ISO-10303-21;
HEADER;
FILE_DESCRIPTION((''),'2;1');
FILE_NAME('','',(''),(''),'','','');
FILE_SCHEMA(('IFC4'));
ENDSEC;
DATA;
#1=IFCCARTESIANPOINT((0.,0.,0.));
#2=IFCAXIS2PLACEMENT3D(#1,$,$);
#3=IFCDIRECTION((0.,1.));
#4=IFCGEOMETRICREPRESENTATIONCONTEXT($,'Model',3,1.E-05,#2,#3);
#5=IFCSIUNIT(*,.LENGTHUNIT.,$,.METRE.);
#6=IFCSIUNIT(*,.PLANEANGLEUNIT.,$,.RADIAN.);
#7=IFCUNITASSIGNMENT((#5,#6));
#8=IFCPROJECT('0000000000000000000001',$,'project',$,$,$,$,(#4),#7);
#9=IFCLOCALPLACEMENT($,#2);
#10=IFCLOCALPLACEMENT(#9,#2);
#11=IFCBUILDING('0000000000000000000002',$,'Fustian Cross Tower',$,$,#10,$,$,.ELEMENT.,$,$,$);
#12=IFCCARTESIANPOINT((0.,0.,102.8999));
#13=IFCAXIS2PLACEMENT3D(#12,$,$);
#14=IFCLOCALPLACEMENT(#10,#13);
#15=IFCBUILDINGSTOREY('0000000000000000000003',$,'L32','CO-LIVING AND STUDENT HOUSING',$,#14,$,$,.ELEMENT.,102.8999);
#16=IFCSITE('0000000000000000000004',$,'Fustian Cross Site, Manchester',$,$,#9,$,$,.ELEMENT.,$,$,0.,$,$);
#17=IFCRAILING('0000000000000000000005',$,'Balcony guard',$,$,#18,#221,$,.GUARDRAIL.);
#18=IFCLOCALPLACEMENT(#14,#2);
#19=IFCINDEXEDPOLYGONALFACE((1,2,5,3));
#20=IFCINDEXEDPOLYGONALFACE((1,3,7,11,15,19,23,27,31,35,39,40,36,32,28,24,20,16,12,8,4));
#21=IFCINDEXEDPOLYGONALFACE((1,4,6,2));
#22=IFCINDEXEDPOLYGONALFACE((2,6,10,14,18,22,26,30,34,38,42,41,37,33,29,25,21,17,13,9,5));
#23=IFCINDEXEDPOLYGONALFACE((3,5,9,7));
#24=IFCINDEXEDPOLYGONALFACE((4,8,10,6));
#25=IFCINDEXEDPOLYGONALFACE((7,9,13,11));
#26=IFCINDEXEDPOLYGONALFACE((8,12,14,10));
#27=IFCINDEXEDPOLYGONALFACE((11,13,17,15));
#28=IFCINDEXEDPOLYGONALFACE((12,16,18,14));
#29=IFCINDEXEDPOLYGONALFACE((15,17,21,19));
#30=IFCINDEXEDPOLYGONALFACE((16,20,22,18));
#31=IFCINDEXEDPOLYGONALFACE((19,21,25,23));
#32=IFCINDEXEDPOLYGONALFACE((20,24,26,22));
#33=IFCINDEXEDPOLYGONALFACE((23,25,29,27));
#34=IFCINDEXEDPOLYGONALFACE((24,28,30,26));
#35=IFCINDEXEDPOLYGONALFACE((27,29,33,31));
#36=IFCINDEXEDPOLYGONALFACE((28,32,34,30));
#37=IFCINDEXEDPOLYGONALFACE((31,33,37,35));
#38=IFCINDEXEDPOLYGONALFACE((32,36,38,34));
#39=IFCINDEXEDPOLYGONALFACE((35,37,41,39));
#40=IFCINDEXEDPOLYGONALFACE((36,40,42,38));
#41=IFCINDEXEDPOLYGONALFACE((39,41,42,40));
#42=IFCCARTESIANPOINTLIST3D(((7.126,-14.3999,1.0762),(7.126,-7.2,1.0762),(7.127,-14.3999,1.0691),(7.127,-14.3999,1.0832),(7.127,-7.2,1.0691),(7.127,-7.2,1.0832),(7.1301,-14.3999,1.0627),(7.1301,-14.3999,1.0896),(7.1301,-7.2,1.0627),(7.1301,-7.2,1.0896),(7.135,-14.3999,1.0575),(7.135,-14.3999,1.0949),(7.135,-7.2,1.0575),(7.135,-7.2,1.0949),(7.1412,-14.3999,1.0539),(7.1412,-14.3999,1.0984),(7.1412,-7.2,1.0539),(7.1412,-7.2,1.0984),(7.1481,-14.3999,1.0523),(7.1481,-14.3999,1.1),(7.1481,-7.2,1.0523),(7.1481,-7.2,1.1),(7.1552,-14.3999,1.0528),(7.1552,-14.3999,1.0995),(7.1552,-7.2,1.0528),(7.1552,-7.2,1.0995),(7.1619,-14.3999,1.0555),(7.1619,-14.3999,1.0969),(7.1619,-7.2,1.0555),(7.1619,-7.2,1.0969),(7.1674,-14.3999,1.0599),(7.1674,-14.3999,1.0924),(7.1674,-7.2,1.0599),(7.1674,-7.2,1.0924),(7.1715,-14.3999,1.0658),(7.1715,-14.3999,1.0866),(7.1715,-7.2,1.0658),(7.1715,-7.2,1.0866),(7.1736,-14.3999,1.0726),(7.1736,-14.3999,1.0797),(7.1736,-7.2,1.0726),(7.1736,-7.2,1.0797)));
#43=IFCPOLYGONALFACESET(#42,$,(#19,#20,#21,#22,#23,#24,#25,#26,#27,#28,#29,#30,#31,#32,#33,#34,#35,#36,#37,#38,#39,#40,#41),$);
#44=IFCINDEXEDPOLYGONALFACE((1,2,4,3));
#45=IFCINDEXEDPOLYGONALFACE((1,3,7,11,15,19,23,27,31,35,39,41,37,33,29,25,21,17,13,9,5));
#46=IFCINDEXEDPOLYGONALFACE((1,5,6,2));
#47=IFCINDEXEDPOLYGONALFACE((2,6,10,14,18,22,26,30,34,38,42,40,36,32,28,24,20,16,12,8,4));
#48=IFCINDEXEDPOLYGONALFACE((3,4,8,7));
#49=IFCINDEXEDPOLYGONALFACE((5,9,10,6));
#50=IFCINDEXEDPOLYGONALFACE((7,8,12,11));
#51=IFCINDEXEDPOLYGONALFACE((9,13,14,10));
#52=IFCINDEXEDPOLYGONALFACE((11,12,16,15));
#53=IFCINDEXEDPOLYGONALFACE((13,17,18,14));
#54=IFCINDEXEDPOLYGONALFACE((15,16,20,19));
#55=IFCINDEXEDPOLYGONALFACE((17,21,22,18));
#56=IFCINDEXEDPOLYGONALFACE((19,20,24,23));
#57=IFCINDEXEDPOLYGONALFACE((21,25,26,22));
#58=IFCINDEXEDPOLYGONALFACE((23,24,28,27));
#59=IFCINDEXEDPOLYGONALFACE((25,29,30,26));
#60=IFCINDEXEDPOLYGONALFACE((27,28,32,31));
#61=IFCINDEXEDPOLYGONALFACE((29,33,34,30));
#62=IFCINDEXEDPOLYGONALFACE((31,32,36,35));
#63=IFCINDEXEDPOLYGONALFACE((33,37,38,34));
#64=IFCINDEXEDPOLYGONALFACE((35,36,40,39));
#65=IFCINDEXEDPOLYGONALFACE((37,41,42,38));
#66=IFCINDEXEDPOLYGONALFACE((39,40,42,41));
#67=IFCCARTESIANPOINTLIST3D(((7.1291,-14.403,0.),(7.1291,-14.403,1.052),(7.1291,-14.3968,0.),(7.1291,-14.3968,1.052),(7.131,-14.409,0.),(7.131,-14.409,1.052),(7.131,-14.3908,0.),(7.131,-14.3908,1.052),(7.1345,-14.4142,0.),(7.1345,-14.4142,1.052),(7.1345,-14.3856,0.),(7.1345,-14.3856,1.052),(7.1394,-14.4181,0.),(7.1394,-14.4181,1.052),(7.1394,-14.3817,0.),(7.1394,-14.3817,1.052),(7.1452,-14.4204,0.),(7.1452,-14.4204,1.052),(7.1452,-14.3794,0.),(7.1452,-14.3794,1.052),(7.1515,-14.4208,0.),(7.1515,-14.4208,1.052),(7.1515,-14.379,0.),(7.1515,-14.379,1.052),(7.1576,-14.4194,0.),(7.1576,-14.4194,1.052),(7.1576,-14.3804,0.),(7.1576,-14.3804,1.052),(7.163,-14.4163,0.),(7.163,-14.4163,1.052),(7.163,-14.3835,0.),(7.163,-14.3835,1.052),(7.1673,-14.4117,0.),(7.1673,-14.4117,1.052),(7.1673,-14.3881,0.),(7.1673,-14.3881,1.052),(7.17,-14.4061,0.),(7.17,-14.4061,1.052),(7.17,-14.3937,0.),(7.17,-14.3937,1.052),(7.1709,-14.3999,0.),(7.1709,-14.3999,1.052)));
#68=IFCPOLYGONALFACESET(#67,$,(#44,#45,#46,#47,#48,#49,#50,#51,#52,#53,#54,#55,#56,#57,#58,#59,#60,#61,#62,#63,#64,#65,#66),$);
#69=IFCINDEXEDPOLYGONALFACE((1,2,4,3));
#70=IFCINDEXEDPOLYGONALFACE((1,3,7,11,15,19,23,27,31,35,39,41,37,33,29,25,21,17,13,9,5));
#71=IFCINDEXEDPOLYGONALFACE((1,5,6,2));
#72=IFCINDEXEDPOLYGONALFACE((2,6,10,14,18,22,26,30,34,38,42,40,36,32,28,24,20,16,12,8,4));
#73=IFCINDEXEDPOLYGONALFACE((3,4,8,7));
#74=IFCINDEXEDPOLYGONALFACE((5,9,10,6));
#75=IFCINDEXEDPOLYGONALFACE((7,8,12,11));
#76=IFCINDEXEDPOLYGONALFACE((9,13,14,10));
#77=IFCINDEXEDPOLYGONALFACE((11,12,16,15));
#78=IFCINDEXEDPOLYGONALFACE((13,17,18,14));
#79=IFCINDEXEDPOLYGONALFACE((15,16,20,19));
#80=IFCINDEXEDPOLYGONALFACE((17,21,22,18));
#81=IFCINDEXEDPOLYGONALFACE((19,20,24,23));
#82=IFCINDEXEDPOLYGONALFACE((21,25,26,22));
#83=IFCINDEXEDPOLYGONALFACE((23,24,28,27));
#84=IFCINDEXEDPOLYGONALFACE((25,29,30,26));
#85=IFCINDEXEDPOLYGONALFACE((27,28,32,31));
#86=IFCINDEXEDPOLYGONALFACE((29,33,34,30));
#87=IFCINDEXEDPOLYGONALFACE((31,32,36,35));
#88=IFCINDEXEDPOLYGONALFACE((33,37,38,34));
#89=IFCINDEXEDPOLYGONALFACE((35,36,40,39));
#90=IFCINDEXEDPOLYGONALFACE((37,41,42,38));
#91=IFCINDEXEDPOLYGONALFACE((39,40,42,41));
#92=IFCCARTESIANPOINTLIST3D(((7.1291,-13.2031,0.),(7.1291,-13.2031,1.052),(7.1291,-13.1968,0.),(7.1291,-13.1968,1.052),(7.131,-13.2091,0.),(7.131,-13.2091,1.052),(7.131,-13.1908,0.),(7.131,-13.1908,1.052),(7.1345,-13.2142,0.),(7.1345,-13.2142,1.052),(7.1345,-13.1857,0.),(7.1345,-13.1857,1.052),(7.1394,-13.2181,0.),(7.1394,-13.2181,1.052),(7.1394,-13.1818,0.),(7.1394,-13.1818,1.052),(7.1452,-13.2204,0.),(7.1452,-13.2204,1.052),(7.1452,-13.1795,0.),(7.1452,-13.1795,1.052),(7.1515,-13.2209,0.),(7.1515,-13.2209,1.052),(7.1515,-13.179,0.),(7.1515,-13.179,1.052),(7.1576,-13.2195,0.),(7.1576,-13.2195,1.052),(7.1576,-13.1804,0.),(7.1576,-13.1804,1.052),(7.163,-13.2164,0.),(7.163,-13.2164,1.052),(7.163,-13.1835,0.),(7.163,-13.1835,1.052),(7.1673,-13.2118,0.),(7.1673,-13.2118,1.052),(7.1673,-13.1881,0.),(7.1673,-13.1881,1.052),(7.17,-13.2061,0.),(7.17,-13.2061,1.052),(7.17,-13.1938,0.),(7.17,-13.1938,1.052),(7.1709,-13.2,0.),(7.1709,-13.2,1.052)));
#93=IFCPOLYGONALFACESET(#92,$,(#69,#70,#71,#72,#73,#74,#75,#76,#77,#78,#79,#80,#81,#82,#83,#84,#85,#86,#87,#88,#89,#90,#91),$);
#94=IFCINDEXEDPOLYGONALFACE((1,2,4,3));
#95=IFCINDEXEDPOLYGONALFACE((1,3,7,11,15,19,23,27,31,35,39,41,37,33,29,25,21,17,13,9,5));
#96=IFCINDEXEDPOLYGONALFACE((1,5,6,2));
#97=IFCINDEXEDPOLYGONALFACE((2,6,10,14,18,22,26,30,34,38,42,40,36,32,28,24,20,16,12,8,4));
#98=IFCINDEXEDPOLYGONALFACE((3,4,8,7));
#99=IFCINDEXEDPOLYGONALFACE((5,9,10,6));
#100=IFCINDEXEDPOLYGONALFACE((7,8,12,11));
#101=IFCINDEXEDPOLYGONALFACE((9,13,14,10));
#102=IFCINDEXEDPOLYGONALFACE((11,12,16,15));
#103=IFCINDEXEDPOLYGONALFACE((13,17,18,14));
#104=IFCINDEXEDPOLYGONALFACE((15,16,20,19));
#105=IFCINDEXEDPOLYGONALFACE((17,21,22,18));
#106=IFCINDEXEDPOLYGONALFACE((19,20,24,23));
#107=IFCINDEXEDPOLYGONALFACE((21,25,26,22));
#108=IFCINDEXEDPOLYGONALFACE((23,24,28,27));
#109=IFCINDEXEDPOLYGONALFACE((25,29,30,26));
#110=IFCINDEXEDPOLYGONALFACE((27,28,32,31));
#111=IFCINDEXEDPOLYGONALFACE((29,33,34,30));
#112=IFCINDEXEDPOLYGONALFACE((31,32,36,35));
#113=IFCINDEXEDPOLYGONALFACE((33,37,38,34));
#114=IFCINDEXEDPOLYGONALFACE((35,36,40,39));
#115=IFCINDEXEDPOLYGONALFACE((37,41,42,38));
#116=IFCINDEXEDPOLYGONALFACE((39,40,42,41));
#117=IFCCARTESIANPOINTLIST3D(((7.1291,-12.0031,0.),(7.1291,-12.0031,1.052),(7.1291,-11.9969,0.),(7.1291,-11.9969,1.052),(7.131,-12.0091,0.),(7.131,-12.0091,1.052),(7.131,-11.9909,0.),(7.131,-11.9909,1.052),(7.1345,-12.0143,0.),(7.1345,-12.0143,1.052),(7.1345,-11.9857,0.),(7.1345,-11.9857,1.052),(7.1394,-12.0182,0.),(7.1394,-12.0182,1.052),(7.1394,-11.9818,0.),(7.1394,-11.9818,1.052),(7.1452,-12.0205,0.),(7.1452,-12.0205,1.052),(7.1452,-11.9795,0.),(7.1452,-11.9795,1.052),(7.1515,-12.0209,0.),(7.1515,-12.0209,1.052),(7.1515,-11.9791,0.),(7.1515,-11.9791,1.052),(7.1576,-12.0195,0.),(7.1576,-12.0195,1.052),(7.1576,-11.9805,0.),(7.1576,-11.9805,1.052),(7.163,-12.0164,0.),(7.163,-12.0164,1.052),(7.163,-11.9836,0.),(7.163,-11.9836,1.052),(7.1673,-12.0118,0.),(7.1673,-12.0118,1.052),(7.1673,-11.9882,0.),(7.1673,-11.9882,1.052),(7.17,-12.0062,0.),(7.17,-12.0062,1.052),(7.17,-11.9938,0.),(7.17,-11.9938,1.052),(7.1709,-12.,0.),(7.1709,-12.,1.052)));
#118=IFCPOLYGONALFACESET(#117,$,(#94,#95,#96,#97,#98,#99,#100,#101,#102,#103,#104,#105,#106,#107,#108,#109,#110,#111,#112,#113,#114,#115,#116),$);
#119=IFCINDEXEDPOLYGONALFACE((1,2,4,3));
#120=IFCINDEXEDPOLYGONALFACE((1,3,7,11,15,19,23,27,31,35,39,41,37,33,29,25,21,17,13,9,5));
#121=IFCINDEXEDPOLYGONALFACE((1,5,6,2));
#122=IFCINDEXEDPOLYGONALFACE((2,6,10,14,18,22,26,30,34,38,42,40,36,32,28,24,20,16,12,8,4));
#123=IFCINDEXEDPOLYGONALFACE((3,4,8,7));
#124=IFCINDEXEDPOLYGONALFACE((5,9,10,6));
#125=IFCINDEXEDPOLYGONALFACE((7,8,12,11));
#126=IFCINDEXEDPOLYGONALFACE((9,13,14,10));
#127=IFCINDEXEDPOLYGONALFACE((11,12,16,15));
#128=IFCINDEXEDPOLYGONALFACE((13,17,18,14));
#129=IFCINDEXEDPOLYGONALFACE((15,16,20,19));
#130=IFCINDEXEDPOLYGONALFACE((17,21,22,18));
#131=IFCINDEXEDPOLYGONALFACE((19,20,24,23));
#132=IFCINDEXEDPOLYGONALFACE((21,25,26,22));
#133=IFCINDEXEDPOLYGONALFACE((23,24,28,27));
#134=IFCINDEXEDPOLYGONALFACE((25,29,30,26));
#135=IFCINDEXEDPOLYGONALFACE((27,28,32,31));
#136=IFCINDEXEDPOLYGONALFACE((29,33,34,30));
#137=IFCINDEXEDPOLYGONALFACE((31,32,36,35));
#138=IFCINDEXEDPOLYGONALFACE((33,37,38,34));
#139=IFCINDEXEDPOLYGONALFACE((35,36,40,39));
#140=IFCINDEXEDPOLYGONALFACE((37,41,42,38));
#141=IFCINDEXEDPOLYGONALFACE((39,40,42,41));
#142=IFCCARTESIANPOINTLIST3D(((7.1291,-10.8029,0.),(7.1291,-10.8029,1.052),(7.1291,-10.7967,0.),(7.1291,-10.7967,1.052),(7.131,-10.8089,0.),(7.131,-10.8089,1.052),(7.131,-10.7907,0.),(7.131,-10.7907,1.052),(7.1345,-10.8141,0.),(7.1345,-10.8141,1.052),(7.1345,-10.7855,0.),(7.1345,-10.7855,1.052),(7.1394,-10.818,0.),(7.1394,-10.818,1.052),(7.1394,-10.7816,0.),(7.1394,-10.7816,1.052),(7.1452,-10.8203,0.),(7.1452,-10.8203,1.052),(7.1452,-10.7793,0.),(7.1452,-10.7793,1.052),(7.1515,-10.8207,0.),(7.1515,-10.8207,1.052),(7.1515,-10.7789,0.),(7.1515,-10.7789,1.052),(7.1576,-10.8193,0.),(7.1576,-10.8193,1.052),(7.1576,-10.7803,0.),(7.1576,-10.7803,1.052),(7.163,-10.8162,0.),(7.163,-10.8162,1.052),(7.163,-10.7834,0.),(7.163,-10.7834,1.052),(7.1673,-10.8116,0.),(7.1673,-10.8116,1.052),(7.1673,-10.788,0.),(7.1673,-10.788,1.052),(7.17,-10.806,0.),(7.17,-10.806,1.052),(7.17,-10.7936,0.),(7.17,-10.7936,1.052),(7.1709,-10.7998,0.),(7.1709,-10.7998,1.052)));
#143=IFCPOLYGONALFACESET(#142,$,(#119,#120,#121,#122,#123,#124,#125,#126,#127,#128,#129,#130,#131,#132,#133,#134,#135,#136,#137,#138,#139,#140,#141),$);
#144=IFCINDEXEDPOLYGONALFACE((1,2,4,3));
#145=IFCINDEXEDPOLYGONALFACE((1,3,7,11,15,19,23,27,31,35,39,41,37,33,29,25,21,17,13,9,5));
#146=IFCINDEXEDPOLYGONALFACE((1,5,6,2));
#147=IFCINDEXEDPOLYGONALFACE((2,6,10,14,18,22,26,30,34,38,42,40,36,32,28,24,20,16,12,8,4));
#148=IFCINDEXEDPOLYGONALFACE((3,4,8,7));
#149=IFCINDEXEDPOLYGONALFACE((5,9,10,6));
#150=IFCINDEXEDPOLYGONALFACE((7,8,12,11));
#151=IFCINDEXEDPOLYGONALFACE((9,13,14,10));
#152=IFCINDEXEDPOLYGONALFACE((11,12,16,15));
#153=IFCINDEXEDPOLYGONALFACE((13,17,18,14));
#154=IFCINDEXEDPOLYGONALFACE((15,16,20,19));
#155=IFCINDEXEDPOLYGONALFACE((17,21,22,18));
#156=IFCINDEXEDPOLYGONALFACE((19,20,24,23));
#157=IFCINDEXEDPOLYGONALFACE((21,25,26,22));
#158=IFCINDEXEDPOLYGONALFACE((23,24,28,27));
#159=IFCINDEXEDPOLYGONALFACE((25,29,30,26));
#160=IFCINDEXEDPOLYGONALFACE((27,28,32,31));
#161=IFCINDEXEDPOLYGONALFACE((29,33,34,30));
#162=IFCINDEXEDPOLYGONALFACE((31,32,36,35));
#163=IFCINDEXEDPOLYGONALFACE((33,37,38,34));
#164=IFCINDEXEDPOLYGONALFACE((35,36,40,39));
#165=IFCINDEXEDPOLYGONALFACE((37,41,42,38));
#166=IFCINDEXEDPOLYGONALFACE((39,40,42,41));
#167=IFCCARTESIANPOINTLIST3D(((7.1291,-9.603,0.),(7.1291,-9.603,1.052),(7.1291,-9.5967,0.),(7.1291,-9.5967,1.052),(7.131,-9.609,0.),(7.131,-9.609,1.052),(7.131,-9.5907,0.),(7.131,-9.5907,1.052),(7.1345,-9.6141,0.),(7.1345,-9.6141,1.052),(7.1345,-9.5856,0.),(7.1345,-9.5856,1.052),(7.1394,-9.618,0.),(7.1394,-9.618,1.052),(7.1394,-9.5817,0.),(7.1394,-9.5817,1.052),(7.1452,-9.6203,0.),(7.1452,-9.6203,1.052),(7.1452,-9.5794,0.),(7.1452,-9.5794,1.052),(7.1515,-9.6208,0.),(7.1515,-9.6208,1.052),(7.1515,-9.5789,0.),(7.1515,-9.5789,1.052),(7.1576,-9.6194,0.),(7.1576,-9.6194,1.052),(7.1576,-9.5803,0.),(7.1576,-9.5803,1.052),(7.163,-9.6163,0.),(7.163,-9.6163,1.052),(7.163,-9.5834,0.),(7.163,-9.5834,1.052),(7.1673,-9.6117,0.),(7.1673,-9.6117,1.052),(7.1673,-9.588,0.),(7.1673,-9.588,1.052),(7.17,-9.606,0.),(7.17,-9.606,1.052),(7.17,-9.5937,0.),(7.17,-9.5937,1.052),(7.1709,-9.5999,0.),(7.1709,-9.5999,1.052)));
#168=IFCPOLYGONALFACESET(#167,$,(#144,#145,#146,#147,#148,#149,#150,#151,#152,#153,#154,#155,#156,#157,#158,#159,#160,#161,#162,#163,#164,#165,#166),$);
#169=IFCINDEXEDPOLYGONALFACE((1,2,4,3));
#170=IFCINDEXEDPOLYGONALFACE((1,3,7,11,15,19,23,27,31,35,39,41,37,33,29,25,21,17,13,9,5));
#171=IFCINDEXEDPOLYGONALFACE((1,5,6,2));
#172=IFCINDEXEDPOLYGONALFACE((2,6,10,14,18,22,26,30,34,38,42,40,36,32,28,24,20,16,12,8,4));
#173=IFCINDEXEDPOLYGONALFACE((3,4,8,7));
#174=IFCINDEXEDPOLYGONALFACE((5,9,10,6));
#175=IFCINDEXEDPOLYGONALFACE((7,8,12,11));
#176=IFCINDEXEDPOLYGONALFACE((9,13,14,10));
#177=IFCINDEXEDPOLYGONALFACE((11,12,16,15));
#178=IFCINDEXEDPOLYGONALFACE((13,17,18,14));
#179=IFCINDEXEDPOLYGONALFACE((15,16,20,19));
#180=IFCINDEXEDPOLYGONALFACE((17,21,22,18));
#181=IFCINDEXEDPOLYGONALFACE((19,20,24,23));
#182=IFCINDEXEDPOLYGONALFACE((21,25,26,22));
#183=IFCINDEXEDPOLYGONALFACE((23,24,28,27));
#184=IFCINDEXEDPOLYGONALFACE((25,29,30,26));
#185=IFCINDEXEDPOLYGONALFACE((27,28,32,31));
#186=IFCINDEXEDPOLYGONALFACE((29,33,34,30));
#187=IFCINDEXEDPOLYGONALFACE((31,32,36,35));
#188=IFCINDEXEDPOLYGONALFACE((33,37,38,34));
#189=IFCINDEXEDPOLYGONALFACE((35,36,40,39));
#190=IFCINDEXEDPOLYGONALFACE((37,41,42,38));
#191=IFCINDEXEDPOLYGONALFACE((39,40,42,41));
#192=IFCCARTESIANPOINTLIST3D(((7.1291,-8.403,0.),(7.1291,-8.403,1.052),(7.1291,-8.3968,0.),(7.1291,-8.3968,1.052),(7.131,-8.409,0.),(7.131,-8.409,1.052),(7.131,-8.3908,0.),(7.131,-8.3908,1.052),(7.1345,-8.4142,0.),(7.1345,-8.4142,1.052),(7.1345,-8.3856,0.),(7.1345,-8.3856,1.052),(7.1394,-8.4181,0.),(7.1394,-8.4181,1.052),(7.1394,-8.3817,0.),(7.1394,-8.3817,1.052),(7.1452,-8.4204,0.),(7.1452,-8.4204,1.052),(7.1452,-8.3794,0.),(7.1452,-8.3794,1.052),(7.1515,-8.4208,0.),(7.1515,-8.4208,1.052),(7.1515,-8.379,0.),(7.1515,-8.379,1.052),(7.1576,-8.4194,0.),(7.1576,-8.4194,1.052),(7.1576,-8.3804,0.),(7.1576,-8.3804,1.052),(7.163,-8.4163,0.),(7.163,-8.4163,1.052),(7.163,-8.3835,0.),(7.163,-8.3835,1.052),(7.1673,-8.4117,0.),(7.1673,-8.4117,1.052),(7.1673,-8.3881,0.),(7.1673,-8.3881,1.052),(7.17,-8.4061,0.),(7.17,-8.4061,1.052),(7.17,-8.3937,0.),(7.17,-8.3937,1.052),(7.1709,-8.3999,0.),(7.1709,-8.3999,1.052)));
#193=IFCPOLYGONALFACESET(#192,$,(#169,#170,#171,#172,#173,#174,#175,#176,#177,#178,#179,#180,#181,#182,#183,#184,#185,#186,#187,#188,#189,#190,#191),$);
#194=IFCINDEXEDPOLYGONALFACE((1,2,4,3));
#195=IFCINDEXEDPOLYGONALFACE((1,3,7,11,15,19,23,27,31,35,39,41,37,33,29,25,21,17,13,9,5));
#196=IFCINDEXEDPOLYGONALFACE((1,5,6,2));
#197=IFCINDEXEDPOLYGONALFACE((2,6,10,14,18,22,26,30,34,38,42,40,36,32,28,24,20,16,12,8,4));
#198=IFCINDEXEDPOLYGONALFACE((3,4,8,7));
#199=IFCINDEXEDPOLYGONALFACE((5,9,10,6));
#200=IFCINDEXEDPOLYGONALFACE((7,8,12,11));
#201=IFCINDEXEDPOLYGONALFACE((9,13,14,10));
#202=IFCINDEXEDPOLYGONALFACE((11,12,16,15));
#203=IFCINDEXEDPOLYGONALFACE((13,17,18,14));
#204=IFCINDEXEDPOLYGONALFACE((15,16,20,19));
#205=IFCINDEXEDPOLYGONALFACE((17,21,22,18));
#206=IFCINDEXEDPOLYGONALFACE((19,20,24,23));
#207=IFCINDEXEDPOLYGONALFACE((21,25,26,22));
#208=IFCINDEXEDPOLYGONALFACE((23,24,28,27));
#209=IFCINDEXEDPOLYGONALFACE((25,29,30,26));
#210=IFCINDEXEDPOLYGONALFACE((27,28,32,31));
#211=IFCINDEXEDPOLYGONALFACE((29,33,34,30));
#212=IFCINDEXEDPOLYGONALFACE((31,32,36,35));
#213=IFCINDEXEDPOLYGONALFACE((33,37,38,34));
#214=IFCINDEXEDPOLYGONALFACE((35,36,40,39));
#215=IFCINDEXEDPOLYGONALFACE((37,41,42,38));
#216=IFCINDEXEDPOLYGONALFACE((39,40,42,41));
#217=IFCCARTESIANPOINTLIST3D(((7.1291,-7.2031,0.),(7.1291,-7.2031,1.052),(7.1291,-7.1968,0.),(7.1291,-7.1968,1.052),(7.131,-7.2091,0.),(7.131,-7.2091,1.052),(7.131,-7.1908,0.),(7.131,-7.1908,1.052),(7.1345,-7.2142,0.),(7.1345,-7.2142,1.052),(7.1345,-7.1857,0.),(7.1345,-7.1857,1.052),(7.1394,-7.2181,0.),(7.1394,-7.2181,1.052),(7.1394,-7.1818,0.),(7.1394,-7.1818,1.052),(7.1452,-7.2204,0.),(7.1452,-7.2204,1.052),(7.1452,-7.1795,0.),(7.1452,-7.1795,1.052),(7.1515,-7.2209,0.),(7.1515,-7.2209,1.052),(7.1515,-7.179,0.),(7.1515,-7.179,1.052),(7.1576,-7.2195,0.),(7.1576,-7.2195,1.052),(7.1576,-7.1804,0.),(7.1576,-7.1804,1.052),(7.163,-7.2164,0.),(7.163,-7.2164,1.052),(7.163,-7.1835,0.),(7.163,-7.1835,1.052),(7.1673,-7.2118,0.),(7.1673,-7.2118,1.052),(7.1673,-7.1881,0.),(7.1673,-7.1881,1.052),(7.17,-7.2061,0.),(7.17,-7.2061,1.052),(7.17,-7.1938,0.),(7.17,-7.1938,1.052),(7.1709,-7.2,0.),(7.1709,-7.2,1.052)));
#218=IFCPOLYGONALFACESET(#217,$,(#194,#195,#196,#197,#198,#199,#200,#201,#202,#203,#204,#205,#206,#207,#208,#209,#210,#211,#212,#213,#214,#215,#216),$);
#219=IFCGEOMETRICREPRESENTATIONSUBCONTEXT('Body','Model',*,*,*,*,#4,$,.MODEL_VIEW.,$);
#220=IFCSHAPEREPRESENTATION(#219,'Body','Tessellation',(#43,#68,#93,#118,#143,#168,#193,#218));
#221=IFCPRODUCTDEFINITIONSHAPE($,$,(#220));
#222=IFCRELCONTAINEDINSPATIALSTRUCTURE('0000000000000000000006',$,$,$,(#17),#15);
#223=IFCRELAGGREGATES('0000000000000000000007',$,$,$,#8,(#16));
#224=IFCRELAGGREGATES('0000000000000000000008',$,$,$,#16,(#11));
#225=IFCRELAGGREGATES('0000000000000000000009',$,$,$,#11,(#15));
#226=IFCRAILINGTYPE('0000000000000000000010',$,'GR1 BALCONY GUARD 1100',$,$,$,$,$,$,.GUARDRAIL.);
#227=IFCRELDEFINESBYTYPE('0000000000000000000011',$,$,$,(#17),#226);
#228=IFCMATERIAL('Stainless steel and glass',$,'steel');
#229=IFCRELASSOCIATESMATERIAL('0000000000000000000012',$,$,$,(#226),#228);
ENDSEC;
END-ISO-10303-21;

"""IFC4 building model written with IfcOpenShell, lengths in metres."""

from ifc_helpers import new_model, si_unit, direction, frame, origin, origin_2d, place, context, subcontext, project, spatial, circle, extrude, material, type_object, element, save


model = new_model("IFC4")

# Units and contexts
model_context = context("Model", 3, precision=1e-05, world=origin(), true_north=direction((0.0, 1.0)))
body_context = subcontext(model_context, "Body", "Model", "MODEL_VIEW")
ifc_project = project(units=[si_unit("LENGTHUNIT", "METRE"), si_unit("PLANEANGLEUNIT", "RADIAN")], contexts=[model_context])

# Site, building, storey
site_placement = place(None, origin())
site = spatial("IfcSite", under=ifc_project, at=site_placement, Name="Fustian Cross Site, Manchester", CompositionType="ELEMENT", RefElevation=0.0)
building_placement = place(site_placement, origin())
building = spatial("IfcBuilding", under=site, at=building_placement, Name="Fustian Cross Tower", CompositionType="ELEMENT")
storey_placement = place(building_placement, frame((0.0, 0.0, 102.8999)))
storey = spatial("IfcBuildingStorey", under=building, at=storey_placement, Name="L32", Description="CO-LIVING AND STUDENT HOUSING", CompositionType="ELEMENT", Elevation=102.8999)

# Railing
ifc_material_1 = material(Name="Stainless steel and glass", Category="steel")
railing_type = type_object("IfcRailingType", Name="GR1 BALCONY GUARD 1100", PredefinedType="GUARDRAIL", material=ifc_material_1)
railing_placement = place(storey_placement, frame((7.1499, -14.3999, 0.0)))
element("IfcRailing", 1, at=railing_placement, inside=storey, type_object=railing_type, Name="Balcony guard", PredefinedType="GUARDRAIL", context=body_context, shape_type="SweptSolid", body=[
    extrude(circle(Radius=0.0239, at=origin_2d()), frame((0.0, 0.0, 1.0762), z_axis=(0.0, 1.0, 0.0), x_axis=(-1.0, 0.0, 0.0)), (0.0, 0.0, 1.0), 7.2),
    extrude(circle(Radius=0.021, at=origin_2d()), origin(), (0.0, 0.0, 1.0), 1.052),
    extrude(circle(Radius=0.021, at=origin_2d()), frame((0.0, 1.2, 0.0)), (0.0, 0.0, 1.0), 1.052),
    extrude(circle(Radius=0.021, at=origin_2d()), frame((0.0, 2.3999, 0.0)), (0.0, 0.0, 1.0), 1.052),
    extrude(circle(Radius=0.021, at=origin_2d()), frame((0.0, 3.6001, 0.0)), (0.0, 0.0, 1.0), 1.052),
    extrude(circle(Radius=0.021, at=origin_2d()), frame((0.0, 4.8, 0.0)), (0.0, 0.0, 1.0), 1.052),
    extrude(circle(Radius=0.021, at=origin_2d()), frame((0.0, 6.0, 0.0)), (0.0, 0.0, 1.0), 1.052),
    extrude(circle(Radius=0.021, at=origin_2d()), frame((0.0, 7.2, 0.0)), (0.0, 0.0, 1.0), 1.052),
])

save(model, "model.ifc")
